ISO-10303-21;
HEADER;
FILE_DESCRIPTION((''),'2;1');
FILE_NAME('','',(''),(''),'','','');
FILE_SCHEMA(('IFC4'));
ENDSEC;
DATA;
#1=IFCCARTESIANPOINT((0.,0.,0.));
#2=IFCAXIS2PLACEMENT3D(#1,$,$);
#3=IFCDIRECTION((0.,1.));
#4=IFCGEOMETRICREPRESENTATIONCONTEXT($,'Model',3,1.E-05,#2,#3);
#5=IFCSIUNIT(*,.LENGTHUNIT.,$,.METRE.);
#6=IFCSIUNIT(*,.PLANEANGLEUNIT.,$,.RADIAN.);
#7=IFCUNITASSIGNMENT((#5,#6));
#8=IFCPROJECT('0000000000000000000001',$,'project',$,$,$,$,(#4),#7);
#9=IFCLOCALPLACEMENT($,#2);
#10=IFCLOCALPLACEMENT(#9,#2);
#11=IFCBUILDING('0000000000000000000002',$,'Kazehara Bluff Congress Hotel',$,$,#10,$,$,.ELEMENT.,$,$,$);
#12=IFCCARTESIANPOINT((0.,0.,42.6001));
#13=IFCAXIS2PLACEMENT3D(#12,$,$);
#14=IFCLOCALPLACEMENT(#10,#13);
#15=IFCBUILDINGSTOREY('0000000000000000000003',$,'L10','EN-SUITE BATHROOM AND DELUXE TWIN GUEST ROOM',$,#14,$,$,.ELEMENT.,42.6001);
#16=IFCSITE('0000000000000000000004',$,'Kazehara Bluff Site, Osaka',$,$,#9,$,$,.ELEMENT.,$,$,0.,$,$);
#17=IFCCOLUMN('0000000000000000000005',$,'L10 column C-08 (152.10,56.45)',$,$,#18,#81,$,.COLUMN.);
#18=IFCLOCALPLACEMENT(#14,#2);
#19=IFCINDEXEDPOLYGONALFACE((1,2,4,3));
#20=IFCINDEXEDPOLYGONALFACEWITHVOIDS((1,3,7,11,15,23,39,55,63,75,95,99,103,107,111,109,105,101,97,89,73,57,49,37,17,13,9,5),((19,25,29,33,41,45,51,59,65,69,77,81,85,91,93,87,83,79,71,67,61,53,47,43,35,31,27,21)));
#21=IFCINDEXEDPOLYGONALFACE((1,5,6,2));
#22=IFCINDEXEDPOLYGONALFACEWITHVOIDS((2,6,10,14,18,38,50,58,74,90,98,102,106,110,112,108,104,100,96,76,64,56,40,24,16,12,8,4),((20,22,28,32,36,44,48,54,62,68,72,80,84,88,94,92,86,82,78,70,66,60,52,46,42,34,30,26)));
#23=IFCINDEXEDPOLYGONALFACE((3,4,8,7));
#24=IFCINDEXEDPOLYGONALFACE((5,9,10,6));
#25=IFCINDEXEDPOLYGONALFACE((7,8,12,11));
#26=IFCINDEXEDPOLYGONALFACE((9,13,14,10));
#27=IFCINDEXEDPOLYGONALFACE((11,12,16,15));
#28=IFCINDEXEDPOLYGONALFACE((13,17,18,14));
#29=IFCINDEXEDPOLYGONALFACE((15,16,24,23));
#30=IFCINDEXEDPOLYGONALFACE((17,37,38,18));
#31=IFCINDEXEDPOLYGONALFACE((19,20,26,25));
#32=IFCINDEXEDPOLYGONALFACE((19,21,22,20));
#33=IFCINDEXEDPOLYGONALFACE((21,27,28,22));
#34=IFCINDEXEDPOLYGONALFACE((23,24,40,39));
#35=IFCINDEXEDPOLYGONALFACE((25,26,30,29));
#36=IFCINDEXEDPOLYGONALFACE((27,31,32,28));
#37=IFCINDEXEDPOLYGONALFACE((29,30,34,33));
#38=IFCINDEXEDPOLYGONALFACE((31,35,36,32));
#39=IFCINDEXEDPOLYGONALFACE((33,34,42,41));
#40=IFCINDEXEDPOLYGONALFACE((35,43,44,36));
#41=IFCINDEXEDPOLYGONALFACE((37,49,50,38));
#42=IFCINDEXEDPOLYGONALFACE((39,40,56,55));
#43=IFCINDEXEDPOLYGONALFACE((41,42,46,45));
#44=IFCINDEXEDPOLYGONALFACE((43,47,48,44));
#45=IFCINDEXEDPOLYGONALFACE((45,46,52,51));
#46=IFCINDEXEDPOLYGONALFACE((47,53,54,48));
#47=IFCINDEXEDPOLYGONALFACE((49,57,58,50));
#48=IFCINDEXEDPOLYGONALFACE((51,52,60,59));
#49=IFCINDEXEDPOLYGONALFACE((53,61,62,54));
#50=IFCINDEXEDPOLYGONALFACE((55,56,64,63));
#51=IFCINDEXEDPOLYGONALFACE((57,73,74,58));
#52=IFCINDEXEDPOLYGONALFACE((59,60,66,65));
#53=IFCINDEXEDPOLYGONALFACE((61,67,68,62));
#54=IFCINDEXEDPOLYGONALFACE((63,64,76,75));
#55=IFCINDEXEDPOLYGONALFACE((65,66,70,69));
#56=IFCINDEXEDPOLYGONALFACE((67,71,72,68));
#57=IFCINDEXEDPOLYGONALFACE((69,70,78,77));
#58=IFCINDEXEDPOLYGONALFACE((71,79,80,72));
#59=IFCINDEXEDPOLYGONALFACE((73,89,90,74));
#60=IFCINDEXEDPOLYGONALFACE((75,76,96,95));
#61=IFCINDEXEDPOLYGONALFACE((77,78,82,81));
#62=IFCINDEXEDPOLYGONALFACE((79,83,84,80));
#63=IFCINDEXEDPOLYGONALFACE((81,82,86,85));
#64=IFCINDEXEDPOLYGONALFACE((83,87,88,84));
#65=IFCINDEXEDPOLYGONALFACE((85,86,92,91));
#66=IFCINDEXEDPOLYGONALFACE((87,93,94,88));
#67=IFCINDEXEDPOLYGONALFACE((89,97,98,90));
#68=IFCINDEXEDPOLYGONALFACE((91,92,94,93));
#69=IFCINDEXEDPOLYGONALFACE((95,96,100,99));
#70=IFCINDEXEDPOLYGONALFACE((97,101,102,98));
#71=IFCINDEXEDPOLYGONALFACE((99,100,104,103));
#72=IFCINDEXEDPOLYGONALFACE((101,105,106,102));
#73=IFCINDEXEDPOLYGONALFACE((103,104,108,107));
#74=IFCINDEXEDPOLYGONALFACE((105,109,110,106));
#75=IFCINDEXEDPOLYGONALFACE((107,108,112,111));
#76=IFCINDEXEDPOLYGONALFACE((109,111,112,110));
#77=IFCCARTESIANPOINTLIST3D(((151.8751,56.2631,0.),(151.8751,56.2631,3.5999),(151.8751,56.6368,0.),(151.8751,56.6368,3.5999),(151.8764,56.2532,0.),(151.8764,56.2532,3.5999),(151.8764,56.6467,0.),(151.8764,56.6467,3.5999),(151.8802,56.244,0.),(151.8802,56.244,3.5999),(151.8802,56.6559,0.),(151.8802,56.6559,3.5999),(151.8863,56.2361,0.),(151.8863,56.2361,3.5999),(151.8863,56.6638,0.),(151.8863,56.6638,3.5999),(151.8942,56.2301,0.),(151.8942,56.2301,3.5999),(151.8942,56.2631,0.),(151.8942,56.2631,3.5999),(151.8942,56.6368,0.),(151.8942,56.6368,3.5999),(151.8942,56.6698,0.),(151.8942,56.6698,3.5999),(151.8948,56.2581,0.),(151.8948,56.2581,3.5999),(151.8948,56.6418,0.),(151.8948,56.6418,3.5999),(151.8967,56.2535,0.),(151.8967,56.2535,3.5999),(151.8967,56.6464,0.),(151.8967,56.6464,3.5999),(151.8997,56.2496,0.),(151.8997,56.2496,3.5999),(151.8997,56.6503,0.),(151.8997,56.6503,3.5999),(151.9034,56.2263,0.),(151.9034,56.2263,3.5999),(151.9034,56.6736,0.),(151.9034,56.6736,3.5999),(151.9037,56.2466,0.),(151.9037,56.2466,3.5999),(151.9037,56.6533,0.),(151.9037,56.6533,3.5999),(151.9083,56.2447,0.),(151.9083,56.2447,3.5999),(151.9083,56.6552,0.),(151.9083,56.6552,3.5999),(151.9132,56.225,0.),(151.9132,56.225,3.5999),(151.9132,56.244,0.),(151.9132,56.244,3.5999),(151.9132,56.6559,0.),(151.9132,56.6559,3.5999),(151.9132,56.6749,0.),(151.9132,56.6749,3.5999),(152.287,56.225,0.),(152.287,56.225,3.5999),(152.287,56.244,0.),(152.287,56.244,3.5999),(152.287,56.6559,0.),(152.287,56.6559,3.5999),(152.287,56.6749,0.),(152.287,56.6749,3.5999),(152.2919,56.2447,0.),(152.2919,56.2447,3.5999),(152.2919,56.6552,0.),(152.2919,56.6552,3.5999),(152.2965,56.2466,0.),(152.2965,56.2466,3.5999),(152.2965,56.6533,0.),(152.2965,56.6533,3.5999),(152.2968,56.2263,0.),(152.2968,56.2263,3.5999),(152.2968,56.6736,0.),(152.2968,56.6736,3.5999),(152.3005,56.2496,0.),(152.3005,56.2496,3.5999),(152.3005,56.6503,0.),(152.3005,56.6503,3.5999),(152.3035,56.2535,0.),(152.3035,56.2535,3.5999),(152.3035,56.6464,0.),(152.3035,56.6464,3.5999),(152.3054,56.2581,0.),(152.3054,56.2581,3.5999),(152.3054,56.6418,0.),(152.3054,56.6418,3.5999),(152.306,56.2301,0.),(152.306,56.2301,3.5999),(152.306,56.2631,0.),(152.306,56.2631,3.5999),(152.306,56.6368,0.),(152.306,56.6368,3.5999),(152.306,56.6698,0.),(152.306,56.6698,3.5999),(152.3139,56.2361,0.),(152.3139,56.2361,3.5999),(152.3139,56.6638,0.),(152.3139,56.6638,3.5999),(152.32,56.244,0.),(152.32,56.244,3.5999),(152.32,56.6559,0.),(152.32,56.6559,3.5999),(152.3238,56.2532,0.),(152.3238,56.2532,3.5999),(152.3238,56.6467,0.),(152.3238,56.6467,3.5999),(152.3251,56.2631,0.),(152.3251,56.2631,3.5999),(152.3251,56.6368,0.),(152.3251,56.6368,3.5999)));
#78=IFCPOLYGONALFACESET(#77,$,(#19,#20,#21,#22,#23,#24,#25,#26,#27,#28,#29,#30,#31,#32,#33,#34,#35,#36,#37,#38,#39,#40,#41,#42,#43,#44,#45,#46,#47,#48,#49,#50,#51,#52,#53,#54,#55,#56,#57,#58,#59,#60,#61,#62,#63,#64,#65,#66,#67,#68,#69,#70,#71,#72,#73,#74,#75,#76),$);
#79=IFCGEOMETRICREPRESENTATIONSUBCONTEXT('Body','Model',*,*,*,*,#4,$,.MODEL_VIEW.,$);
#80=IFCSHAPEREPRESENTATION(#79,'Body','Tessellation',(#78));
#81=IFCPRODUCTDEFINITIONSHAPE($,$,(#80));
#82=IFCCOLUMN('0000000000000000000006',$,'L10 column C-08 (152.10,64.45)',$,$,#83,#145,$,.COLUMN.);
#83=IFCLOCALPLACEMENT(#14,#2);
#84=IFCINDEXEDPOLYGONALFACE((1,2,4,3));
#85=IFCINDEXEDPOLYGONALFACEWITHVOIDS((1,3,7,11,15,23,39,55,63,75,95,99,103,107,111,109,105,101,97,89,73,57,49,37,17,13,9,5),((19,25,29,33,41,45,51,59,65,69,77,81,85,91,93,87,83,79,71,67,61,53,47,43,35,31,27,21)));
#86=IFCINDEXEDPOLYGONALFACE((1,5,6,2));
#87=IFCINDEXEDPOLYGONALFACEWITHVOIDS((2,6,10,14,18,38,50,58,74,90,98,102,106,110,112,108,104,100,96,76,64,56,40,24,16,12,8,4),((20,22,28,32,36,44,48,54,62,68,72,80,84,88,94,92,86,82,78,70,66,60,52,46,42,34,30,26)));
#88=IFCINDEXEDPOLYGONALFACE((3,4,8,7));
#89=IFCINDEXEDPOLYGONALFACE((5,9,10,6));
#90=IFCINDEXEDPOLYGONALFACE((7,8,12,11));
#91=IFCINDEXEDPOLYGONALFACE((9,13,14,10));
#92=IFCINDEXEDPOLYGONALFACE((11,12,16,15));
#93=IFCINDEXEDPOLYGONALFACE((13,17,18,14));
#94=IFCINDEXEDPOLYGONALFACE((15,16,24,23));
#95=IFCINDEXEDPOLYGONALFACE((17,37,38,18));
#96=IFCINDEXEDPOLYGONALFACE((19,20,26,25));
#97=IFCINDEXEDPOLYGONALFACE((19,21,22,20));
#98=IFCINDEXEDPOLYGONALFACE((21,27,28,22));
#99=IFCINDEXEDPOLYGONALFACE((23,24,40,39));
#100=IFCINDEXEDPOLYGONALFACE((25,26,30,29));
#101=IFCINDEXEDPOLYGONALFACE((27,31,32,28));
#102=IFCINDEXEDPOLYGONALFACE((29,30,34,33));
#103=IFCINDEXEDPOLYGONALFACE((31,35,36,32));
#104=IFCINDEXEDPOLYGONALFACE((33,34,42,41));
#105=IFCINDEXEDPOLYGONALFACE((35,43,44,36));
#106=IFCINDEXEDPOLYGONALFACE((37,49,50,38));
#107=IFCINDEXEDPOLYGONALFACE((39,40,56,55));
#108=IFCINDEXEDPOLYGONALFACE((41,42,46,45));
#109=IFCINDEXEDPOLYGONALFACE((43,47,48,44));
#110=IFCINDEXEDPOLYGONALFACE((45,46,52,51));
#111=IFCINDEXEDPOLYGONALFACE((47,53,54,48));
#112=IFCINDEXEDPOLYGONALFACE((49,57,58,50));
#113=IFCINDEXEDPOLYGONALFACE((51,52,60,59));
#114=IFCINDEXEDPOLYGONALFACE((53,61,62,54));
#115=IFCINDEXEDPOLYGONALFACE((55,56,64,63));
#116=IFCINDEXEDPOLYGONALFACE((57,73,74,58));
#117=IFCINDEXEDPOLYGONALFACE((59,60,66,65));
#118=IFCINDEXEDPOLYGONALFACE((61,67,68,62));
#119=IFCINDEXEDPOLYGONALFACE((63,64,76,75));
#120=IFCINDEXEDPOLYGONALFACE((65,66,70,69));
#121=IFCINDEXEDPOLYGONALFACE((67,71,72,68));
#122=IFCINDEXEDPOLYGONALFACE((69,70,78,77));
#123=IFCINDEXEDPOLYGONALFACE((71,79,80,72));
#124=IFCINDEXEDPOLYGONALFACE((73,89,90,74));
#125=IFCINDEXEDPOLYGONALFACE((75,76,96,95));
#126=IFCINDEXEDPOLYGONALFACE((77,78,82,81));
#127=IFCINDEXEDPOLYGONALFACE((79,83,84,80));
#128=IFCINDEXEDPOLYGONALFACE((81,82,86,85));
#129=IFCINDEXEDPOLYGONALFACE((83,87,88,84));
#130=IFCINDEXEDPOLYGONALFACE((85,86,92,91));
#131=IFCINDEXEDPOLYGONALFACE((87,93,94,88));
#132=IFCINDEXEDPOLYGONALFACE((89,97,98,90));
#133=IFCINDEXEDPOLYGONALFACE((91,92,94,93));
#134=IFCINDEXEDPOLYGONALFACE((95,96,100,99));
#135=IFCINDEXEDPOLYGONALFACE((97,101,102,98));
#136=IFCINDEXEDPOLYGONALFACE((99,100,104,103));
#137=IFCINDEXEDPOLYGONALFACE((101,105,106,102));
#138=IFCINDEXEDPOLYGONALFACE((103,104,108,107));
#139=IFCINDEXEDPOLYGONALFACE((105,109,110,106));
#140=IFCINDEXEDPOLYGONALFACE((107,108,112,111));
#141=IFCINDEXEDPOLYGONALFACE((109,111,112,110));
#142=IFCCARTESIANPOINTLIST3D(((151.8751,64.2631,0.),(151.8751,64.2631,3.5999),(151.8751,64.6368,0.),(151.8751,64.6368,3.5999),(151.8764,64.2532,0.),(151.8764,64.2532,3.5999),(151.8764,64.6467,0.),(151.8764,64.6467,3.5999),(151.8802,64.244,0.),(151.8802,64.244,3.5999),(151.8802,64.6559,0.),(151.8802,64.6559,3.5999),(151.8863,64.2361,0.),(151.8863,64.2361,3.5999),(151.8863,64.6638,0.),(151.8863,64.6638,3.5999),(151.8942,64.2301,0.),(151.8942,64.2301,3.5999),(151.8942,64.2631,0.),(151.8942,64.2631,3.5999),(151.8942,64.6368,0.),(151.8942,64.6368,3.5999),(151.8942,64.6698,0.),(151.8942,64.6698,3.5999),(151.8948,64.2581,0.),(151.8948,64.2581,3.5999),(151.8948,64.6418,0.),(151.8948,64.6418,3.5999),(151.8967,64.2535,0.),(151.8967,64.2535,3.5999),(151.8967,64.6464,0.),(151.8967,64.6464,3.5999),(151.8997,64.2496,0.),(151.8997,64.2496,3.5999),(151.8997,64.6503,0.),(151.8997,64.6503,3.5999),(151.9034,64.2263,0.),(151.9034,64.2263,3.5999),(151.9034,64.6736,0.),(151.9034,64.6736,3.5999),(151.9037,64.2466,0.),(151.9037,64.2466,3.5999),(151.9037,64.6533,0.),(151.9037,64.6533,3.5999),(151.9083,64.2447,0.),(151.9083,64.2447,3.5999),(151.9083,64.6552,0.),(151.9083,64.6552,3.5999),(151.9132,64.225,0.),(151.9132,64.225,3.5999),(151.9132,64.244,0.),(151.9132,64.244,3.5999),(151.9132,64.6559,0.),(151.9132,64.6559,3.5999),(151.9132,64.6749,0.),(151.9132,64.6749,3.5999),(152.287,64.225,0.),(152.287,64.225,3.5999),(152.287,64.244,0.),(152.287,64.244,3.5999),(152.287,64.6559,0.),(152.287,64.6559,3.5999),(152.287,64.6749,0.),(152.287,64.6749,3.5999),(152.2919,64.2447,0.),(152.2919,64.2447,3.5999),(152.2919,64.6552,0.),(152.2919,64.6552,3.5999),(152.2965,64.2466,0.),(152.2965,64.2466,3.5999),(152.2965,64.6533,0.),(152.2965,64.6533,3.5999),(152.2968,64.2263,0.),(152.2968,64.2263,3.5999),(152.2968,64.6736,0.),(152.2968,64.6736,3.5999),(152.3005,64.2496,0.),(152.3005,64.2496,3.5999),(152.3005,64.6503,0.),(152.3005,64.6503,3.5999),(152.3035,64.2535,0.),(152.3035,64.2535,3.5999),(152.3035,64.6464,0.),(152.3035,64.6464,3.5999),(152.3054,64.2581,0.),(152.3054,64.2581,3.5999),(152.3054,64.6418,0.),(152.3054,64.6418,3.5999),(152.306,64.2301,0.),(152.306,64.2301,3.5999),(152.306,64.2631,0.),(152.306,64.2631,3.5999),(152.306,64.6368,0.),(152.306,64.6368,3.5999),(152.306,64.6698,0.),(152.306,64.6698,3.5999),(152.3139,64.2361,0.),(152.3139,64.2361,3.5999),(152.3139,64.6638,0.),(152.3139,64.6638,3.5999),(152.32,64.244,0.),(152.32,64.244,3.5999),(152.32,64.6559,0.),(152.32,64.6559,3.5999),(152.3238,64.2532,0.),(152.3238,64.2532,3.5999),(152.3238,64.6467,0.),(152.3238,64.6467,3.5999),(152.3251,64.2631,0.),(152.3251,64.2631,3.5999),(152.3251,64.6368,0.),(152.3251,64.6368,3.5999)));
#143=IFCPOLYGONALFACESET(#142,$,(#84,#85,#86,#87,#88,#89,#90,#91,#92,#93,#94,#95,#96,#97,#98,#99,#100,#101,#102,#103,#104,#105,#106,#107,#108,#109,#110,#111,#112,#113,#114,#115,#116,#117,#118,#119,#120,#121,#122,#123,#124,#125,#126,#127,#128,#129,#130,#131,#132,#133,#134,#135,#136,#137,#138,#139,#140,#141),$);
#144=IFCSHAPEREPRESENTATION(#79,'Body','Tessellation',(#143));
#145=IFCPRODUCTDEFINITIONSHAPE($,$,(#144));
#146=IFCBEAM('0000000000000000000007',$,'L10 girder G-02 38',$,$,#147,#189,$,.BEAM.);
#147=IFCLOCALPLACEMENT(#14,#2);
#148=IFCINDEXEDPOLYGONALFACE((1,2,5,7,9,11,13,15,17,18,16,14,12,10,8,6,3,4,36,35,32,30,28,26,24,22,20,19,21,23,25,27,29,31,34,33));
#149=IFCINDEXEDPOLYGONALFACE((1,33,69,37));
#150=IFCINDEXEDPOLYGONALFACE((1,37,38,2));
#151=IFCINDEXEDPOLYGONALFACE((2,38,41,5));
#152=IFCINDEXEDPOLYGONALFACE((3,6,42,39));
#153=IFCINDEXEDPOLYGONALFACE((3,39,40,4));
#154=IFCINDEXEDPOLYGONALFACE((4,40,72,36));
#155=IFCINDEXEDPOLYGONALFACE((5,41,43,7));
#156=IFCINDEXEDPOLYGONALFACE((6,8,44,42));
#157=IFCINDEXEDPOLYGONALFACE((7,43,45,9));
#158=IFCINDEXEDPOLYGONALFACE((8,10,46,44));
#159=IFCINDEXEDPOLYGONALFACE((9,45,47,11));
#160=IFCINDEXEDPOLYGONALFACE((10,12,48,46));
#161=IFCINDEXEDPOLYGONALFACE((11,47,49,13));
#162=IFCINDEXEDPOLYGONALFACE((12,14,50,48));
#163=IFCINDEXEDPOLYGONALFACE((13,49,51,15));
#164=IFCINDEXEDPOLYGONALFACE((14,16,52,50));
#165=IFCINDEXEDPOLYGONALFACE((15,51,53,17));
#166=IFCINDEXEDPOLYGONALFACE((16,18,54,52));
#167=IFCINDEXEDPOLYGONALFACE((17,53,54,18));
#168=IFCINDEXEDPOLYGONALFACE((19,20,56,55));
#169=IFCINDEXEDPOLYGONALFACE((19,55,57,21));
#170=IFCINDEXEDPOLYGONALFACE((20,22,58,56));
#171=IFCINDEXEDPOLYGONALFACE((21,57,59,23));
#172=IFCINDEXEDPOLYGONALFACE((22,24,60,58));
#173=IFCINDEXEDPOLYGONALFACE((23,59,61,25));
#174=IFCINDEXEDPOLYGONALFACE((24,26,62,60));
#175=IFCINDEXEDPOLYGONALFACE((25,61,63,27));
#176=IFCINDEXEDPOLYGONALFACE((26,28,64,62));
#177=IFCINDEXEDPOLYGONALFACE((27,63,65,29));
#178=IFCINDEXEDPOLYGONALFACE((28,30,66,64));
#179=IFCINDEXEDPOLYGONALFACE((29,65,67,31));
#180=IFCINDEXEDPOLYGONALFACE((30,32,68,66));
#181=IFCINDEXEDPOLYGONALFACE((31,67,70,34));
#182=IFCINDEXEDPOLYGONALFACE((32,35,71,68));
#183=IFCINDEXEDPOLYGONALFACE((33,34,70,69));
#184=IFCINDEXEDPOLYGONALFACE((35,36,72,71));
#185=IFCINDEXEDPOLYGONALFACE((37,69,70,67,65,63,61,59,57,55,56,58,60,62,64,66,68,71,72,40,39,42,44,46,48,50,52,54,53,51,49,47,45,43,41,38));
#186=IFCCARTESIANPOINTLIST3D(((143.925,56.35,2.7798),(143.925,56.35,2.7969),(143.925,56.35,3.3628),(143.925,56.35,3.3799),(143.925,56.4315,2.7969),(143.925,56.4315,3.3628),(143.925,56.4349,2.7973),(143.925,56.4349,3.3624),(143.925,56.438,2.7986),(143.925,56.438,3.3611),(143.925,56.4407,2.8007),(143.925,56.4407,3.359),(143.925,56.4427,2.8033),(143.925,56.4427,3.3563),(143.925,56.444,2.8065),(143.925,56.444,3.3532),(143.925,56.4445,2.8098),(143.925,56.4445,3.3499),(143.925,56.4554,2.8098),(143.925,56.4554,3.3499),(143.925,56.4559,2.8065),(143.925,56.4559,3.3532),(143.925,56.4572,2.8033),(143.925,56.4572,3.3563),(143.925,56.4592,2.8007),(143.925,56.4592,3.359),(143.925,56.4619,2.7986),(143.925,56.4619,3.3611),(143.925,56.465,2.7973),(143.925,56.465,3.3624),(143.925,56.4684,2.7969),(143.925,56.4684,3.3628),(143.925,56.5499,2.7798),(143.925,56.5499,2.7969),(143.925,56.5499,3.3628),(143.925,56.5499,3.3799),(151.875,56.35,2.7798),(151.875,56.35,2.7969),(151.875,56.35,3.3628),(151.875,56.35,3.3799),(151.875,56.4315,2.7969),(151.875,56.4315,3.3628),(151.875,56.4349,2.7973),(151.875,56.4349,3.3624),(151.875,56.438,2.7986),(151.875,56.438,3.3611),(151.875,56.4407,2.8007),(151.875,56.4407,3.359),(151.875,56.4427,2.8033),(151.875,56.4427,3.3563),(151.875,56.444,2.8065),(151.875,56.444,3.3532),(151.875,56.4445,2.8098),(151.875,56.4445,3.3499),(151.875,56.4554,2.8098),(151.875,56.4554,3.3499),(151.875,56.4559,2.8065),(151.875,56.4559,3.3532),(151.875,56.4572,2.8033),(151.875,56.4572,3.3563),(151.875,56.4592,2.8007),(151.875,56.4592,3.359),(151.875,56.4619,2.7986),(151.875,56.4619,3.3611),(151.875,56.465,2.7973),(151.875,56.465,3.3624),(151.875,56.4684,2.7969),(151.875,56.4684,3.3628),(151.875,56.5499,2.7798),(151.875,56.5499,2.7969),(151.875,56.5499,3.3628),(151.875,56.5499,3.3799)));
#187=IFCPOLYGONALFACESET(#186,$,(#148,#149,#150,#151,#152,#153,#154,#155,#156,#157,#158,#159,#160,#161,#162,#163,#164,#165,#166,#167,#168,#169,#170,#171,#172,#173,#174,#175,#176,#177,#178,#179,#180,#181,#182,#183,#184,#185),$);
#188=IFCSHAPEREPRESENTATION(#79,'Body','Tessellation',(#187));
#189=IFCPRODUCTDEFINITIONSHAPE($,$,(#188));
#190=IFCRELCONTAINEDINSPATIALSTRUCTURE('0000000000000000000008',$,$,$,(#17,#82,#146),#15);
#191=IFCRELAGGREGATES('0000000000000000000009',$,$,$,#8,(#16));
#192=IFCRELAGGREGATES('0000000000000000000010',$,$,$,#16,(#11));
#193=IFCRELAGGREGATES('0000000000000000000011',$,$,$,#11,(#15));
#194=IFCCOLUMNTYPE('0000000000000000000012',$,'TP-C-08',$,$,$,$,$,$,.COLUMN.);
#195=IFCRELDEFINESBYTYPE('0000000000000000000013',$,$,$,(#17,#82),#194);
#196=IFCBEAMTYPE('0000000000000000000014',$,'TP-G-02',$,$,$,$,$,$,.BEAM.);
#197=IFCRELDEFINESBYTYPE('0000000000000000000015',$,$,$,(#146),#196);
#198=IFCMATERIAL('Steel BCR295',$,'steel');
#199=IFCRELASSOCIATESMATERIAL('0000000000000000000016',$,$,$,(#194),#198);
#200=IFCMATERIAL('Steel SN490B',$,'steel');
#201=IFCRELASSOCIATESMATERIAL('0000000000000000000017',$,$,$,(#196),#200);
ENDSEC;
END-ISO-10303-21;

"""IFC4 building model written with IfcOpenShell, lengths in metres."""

from ifc_helpers import new_model, si_unit, direction, frame, origin, origin_2d, place, context, subcontext, project, spatial, hollow_rectangle, i_section, extrude, material, material_profile, profile_set, type_object, element, save


model = new_model("IFC4")

# Units and contexts
model_context = context("Model", 3, precision=1e-05, world=origin(), true_north=direction((0.0, 1.0)))
body_context = subcontext(model_context, "Body", "Model", "MODEL_VIEW")
ifc_project = project(units=[si_unit("LENGTHUNIT", "METRE"), si_unit("PLANEANGLEUNIT", "RADIAN")], contexts=[model_context])

# Site, building, storey
site_placement = place(None, origin())
site = spatial("IfcSite", under=ifc_project, at=site_placement, Name="Kazehara Bluff Site, Osaka", CompositionType="ELEMENT", RefElevation=0.0)
building_placement = place(site_placement, origin())
building = spatial("IfcBuilding", under=site, at=building_placement, Name="Kazehara Bluff Congress Hotel", CompositionType="ELEMENT")
storey_placement = place(building_placement, frame((0.0, 0.0, 42.6001)))
storey = spatial("IfcBuildingStorey", under=building, at=storey_placement, Name="L10", Description="EN-SUITE BATHROOM AND DELUXE TWIN GUEST ROOM", CompositionType="ELEMENT", Elevation=42.6001)

# Columns
ifc_material_1 = material(Name="Steel BCR295", Category="steel")
ifc_material_profile_1 = material_profile(ifc_material_1, hollow_rectangle(XDim=0.45, YDim=0.45, WallThickness=0.019, InnerFilletRadius=0.019, OuterFilletRadius=0.0381, at=origin_2d()))
ifc_profile_set_1 = profile_set([ifc_material_profile_1], Name="Steel BCR295")
column_type = type_object("IfcColumnType", Name="TP-C-08", PredefinedType="COLUMN", material=ifc_profile_set_1)
for number, where, z_axis, x_axis, name in (
    (1, (152.1001, 56.45, 0.0), (0.0, 0.0, 1.0), (1.0, 0.0, 0.0), "L10 column C-08 (152.10,56.45)"),
    (2, (152.1001, 64.45, 0.0), (0.0, 0.0, 1.0), (1.0, 0.0, 0.0), "L10 column C-08 (152.10,64.45)"),
):
    element("IfcColumn", number, at=place(storey_placement, frame(where, z_axis=z_axis, x_axis=x_axis)), inside=storey, type_object=column_type, Name=name, PredefinedType="COLUMN", context=body_context, shape_type="SweptSolid", body=[
        extrude(hollow_rectangle(XDim=0.45, YDim=0.45, WallThickness=0.019, InnerFilletRadius=0.019, OuterFilletRadius=0.0381, at=origin_2d()), origin(), (0.0, 0.0, 1.0), 3.5999),
    ])

# Beam
ifc_material_2 = material(Name="Steel SN490B", Category="steel")
ifc_material_profile_2 = material_profile(ifc_material_2, i_section(OverallWidth=0.2, OverallDepth=0.6001, WebThickness=0.011, FlangeThickness=0.0171, FilletRadius=0.0129, at=origin_2d()))
ifc_profile_set_2 = profile_set([ifc_material_profile_2], Name="Steel SN490B")
beam_type_1 = type_object("IfcBeamType", Name="TP-G-02", PredefinedType="BEAM", material=ifc_profile_set_2)
for number, where, z_axis, x_axis, name in (
    (3, (143.925, 56.45, 3.0798), (1.0, 0.0, 0.0), (0.0, 1.0, 0.0), "L10 girder G-02 38"),
):
    element("IfcBeam", number, at=place(storey_placement, frame(where, z_axis=z_axis, x_axis=x_axis)), inside=storey, type_object=beam_type_1, Name=name, PredefinedType="BEAM", context=body_context, shape_type="SweptSolid", body=[
        extrude(i_section(OverallWidth=0.2, OverallDepth=0.6001, WebThickness=0.011, FlangeThickness=0.0171, FilletRadius=0.0129, at=origin_2d()), origin(), (0.0, 0.0, 1.0), 7.95),
    ])

save(model, "model.ifc")
